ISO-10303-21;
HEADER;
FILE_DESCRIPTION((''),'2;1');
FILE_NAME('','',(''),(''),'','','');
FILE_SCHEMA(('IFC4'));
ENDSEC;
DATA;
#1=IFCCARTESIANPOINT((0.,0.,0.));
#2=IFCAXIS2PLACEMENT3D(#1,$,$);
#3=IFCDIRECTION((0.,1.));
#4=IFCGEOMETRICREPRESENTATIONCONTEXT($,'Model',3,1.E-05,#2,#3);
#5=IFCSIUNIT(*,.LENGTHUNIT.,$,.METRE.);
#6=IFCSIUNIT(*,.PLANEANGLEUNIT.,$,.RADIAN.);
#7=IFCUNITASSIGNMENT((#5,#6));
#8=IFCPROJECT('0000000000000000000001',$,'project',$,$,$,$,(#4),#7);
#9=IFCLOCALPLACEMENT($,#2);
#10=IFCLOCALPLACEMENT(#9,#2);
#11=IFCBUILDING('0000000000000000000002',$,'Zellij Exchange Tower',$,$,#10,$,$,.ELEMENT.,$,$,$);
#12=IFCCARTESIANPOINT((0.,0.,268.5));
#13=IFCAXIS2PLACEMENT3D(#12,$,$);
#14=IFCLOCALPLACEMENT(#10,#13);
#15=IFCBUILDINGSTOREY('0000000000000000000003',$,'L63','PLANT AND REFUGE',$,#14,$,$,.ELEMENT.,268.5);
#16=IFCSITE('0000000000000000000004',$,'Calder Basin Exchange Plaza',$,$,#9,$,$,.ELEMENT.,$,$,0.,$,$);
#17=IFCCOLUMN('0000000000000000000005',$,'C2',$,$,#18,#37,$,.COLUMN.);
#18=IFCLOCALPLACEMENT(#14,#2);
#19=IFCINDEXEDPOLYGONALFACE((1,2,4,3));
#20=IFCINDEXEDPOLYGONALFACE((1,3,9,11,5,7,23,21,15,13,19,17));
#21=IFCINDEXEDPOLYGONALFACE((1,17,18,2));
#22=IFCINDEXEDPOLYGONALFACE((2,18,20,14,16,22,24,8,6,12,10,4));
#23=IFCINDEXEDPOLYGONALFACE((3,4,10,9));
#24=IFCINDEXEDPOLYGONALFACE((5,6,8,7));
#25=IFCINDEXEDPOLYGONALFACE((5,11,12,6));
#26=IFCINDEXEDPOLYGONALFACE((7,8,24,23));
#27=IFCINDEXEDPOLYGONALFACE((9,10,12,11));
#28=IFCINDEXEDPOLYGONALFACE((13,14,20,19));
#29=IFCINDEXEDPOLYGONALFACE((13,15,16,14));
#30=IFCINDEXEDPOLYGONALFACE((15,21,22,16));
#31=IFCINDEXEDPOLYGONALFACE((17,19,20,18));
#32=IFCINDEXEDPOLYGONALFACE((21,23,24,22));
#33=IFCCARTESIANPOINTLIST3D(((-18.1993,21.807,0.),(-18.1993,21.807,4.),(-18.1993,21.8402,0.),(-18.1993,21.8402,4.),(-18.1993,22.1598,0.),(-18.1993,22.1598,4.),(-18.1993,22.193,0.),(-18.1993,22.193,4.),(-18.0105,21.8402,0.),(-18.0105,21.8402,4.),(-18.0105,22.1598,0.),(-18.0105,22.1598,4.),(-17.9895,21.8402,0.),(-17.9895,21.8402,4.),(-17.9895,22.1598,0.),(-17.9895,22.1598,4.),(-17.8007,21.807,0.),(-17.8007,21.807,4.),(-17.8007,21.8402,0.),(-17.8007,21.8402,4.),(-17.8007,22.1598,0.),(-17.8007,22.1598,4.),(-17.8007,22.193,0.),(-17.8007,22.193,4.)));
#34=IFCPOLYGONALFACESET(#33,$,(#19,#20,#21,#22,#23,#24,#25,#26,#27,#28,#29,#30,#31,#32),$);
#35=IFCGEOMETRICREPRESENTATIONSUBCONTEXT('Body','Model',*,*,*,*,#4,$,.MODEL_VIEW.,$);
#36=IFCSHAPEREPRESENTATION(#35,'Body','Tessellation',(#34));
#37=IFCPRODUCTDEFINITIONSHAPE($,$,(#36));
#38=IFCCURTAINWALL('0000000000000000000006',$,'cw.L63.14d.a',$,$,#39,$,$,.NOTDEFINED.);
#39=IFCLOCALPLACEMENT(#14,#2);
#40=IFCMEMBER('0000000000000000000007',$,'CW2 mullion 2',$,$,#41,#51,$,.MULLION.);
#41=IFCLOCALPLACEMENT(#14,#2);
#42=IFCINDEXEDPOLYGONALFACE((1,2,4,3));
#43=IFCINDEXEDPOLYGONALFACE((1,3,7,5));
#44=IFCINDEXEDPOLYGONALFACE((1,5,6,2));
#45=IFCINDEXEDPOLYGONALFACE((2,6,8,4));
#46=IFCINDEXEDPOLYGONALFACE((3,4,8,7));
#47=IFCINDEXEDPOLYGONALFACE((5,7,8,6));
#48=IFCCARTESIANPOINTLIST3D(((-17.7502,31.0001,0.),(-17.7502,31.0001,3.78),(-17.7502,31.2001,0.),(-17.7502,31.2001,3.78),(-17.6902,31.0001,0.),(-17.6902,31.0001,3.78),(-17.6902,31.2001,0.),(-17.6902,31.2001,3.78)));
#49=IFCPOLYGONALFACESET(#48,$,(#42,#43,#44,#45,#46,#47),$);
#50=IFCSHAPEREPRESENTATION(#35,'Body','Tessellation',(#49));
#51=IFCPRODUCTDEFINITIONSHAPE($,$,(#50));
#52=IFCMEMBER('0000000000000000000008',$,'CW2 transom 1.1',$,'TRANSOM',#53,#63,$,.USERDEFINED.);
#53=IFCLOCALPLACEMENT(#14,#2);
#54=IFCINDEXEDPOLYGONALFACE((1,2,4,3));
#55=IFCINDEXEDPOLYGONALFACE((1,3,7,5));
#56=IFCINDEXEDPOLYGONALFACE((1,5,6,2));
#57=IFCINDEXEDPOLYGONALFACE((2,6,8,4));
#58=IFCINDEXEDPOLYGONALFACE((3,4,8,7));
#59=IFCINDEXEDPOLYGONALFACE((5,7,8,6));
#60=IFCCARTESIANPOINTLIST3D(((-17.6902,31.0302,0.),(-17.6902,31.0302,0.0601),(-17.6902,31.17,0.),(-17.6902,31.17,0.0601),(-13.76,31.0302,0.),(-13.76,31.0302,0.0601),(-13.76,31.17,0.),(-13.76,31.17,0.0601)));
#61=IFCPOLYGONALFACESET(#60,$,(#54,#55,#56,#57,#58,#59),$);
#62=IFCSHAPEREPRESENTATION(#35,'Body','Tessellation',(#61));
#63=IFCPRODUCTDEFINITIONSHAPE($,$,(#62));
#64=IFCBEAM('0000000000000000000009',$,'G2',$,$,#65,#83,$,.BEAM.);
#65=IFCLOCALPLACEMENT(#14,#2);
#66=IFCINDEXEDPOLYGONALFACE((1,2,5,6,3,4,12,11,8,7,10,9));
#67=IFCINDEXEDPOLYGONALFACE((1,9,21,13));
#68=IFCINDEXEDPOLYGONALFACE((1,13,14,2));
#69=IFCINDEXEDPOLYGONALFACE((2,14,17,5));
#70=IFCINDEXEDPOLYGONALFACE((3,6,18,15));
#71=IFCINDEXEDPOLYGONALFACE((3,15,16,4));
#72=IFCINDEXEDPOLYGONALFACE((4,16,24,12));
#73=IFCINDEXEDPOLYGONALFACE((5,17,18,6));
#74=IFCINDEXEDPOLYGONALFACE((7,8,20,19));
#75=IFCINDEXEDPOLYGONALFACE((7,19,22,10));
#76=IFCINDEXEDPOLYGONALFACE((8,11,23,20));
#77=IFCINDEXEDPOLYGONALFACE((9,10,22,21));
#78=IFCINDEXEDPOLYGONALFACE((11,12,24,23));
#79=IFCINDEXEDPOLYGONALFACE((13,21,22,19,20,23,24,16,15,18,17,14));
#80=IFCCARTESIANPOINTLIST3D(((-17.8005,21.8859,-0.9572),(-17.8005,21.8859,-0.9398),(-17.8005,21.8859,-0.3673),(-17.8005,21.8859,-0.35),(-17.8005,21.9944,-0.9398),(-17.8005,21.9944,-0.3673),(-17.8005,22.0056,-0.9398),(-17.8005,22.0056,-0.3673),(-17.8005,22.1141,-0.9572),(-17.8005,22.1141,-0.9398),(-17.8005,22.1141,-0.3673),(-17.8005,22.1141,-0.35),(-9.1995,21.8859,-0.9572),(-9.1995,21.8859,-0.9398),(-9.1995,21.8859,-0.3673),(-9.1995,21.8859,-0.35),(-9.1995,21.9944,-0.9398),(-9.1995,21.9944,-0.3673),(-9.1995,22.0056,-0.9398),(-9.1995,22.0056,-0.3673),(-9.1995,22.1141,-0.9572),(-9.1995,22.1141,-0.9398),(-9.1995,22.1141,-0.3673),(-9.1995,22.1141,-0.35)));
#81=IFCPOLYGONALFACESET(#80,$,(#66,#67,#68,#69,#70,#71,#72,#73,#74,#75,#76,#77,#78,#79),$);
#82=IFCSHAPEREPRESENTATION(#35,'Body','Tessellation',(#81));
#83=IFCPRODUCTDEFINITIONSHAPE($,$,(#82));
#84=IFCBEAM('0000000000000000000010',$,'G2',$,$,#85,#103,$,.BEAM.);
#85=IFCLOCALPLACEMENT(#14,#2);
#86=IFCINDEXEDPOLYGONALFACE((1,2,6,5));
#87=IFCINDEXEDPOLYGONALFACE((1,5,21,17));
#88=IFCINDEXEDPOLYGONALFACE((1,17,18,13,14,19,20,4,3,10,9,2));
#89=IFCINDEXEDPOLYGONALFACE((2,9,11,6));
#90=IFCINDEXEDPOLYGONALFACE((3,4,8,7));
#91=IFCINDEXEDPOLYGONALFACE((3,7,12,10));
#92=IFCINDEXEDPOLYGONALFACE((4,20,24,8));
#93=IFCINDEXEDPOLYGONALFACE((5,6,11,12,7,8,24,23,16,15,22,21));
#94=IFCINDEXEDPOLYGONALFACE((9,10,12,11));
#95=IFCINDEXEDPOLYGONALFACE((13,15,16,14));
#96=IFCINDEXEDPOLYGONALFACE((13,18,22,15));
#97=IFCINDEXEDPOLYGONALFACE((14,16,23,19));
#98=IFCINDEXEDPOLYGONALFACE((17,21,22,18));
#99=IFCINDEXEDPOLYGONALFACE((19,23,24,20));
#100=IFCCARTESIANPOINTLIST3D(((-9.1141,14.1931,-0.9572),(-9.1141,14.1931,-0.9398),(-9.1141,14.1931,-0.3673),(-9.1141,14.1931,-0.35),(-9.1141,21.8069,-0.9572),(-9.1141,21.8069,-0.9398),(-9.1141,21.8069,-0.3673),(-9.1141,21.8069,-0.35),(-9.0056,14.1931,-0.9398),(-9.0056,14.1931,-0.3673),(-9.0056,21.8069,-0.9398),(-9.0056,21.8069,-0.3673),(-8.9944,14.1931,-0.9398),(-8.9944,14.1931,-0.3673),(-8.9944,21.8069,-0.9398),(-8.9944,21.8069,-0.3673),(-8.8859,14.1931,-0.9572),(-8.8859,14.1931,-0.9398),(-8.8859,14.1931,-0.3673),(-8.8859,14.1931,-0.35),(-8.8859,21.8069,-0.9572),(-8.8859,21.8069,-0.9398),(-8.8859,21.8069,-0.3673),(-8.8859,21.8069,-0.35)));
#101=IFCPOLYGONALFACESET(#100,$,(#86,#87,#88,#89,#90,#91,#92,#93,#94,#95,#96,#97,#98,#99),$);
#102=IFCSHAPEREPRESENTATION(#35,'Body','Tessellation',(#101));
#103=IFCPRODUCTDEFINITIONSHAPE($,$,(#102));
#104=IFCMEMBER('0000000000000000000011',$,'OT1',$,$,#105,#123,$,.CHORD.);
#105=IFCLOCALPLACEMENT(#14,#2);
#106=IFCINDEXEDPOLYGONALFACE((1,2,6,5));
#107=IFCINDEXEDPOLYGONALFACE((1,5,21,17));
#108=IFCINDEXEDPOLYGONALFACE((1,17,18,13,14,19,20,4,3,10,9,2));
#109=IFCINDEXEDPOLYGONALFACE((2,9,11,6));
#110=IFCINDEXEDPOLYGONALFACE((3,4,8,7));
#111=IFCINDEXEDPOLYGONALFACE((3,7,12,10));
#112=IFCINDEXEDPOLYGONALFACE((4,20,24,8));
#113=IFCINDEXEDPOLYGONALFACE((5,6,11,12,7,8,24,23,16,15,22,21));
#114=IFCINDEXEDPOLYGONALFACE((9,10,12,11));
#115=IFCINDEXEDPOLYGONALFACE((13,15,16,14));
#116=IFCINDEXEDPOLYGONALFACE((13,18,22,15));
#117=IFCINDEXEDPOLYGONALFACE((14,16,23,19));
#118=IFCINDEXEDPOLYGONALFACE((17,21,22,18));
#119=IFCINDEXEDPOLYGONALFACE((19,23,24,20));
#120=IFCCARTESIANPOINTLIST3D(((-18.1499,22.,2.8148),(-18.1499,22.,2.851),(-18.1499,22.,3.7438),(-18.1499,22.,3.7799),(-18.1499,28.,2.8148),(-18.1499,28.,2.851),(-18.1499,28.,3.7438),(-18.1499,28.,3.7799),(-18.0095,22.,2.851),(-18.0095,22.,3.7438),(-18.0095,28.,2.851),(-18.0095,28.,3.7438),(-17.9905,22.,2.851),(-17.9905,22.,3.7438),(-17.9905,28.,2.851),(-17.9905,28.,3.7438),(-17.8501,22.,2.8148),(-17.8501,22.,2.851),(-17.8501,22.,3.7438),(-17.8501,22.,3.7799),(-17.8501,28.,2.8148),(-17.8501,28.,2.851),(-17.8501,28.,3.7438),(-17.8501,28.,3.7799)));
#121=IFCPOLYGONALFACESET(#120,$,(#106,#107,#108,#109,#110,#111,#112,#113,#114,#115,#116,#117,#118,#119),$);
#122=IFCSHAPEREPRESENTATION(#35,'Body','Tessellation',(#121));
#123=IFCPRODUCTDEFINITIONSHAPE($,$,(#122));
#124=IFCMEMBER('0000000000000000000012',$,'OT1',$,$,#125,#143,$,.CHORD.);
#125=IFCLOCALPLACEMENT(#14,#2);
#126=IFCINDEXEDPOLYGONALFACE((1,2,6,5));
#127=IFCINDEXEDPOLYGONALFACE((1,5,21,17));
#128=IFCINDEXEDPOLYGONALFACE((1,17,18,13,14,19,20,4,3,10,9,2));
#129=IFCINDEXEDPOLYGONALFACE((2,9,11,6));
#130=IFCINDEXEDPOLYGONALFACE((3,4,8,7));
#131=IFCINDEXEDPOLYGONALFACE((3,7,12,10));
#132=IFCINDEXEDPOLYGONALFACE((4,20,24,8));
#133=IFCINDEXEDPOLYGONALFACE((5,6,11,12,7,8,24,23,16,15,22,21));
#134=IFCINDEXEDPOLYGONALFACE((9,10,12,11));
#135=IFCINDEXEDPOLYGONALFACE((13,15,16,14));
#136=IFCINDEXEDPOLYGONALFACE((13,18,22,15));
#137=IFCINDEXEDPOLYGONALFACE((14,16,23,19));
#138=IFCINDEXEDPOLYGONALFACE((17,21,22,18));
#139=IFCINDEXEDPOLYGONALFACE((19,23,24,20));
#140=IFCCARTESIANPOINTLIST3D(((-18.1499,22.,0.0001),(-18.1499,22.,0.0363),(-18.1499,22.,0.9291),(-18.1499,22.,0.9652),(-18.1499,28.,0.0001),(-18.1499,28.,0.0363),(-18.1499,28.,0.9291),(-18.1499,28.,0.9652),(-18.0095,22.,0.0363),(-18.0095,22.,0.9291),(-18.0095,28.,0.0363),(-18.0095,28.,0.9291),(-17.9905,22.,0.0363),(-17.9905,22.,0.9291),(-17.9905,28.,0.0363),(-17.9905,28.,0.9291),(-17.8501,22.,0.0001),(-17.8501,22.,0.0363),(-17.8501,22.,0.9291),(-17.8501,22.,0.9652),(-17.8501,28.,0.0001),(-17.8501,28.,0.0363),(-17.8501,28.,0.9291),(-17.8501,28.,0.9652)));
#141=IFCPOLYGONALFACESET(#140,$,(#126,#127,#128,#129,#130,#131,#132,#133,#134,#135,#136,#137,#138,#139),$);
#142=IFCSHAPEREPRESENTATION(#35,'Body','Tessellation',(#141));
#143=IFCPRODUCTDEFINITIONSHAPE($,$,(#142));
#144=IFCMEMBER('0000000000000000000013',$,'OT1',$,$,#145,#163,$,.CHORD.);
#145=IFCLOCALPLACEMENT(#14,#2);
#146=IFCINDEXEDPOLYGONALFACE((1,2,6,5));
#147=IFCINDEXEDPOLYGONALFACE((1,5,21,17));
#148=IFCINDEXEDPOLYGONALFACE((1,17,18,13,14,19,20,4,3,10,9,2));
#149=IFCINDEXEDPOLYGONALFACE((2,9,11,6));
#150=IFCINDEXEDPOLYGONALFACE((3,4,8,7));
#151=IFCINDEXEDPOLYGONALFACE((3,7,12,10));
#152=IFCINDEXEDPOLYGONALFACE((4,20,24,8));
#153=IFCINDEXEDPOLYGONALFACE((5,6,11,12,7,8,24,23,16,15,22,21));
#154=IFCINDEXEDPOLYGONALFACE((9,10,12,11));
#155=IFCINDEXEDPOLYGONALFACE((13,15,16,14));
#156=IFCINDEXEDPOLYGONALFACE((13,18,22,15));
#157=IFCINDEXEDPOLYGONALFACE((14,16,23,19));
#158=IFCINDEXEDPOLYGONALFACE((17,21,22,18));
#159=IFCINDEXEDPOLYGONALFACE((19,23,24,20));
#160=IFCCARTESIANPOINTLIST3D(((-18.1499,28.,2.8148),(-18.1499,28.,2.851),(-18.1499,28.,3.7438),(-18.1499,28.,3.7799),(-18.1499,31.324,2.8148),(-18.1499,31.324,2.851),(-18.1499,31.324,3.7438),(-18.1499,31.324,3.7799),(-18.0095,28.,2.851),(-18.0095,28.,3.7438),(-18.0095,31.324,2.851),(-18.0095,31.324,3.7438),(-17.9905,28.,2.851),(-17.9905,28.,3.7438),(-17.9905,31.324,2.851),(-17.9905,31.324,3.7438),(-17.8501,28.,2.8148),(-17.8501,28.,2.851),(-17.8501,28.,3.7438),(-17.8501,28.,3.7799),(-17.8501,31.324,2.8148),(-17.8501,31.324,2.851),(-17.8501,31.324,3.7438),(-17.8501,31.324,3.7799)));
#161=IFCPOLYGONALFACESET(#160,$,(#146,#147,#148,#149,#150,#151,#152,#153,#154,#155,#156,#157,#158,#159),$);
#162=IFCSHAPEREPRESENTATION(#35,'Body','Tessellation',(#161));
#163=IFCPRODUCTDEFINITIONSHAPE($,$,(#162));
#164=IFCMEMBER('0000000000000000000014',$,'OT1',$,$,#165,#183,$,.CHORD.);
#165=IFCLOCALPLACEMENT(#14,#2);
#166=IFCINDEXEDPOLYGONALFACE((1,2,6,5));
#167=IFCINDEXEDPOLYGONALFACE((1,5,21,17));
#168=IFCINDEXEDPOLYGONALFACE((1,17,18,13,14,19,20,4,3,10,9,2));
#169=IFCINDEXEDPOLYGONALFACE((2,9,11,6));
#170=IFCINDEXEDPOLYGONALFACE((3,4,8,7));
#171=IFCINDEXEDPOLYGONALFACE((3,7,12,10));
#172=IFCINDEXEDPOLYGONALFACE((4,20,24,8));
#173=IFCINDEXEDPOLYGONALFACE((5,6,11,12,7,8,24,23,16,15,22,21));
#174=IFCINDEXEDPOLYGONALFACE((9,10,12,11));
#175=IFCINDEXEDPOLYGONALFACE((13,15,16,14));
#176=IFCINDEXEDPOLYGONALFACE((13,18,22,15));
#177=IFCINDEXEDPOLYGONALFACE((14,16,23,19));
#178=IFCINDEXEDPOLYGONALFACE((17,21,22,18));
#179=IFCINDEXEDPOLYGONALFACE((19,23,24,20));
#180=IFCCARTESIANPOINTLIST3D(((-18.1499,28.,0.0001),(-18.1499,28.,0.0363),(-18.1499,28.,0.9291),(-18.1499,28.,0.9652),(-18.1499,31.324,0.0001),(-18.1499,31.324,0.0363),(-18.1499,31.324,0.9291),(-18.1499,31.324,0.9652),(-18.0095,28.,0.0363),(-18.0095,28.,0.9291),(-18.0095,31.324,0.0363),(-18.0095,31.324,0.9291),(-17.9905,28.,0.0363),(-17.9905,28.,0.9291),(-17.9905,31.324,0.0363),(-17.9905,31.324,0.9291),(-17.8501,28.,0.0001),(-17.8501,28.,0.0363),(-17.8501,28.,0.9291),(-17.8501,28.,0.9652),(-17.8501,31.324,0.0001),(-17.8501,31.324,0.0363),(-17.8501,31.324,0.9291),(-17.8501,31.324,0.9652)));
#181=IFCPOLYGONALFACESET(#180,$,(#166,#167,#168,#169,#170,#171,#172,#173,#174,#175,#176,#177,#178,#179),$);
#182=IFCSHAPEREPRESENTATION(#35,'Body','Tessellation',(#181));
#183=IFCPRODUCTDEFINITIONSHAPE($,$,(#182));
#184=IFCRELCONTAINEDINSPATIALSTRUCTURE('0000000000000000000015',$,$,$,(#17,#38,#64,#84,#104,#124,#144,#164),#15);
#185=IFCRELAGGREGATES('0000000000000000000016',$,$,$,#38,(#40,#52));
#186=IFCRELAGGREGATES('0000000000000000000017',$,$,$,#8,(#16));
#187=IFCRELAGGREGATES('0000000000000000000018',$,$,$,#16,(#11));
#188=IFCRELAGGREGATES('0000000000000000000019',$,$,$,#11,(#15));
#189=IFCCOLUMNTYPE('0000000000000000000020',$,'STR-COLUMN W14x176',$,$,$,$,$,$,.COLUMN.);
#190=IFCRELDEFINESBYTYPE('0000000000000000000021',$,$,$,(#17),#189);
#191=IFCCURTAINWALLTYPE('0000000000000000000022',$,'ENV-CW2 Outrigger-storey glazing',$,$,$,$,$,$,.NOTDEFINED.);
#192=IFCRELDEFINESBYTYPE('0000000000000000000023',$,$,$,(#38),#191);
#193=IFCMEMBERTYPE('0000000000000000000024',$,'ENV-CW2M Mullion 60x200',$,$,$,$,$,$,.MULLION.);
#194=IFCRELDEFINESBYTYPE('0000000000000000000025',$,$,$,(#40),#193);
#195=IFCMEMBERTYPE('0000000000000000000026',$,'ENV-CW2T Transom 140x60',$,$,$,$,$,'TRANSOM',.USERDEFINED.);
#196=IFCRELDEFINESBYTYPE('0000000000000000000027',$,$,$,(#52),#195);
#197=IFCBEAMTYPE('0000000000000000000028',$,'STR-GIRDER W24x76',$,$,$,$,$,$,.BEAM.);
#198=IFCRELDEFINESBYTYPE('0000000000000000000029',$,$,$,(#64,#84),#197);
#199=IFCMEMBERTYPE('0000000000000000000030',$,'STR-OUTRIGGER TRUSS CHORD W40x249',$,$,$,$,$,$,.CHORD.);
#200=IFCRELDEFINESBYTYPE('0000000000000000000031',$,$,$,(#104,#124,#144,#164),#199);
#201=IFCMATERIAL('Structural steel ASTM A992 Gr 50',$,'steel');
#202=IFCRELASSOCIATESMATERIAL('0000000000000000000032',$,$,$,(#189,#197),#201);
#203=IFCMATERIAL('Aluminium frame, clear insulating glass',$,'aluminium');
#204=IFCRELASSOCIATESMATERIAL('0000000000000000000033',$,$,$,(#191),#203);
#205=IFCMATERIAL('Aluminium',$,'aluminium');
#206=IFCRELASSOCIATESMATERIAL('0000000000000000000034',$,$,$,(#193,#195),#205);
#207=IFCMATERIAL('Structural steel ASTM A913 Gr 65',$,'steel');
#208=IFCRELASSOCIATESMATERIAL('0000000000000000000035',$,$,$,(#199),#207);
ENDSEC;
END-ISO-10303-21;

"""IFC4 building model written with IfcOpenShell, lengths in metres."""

from ifc_helpers import new_model, si_unit, direction, frame, origin, origin_2d, place, context, subcontext, project, spatial, rectangle, i_section, extrude, material, material_profile, profile_set, type_object, element, aggregate, save


model = new_model("IFC4")

# Units and contexts
model_context = context("Model", 3, precision=1e-05, world=origin(), true_north=direction((0.0, 1.0)))
body_context = subcontext(model_context, "Body", "Model", "MODEL_VIEW")
ifc_project = project(units=[si_unit("LENGTHUNIT", "METRE"), si_unit("PLANEANGLEUNIT", "RADIAN")], contexts=[model_context])

# Site, building, storey
site_placement = place(None, origin())
site = spatial("IfcSite", under=ifc_project, at=site_placement, Name="Calder Basin Exchange Plaza", CompositionType="ELEMENT", RefElevation=0.0)
building_placement = place(site_placement, origin())
building = spatial("IfcBuilding", under=site, at=building_placement, Name="Zellij Exchange Tower", CompositionType="ELEMENT")
storey_placement = place(building_placement, frame((0.0, 0.0, 268.5)))
storey = spatial("IfcBuildingStorey", under=building, at=storey_placement, Name="L63", Description="PLANT AND REFUGE", CompositionType="ELEMENT", Elevation=268.5)

# Column
ifc_material_1 = material(Name="Structural steel ASTM A992 Gr 50", Category="steel")
ifc_material_profile_1 = material_profile(ifc_material_1, i_section(OverallWidth=0.3987, OverallDepth=0.386, WebThickness=0.021, FlangeThickness=0.0332, at=origin_2d()), Name="W14x176")
ifc_profile_set_1 = profile_set([ifc_material_profile_1], Name="Structural steel ASTM A992 Gr 50")
column_type = type_object("IfcColumnType", Name="STR-COLUMN W14x176", PredefinedType="COLUMN", material=ifc_profile_set_1)
column_placement = place(storey_placement, frame((-18.0, 22.0, 0.0), z_axis=(0.0, 0.0, 1.0), x_axis=(1.0, 0.0, 0.0)))
element("IfcColumn", 1, at=column_placement, inside=storey, type_object=column_type, Name="C2", PredefinedType="COLUMN", context=body_context, shape_type="SweptSolid", body=[
    extrude(i_section(OverallWidth=0.3987, OverallDepth=0.386, WebThickness=0.021, FlangeThickness=0.0332, at=origin_2d()), origin(), (0.0, 0.0, 1.0), 4.0),
])

# Curtain wall, members
ifc_material_2 = material(Name="Aluminium frame, clear insulating glass", Category="aluminium")
curtain_wall_type = type_object("IfcCurtainWallType", Name="ENV-CW2 Outrigger-storey glazing", PredefinedType="NOTDEFINED", material=ifc_material_2)
curtain_wall_placement = place(storey_placement, origin())
curtain_wall = element("IfcCurtainWall", 2, at=curtain_wall_placement, inside=storey, type_object=curtain_wall_type, Name="cw.L63.14d.a", PredefinedType="NOTDEFINED")
ifc_material_3 = material(Name="Aluminium", Category="aluminium")
ifc_material_profile_2 = material_profile(ifc_material_3, rectangle(XDim=0.0601, YDim=0.2, at=origin_2d()), Name="AL 60x200")
ifc_profile_set_2 = profile_set([ifc_material_profile_2], Name="Aluminium")
member_type_1 = type_object("IfcMemberType", Name="ENV-CW2M Mullion 60x200", PredefinedType="MULLION", material=ifc_profile_set_2)
member_1_placement = place(storey_placement, frame((-17.7202, 31.1001, 0.0), z_axis=(0.0, 0.0, 1.0), x_axis=(-1.0, 0.0, 0.0)))
member_1 = element("IfcMember", 3, at=member_1_placement, type_object=member_type_1, Name="CW2 mullion 2", PredefinedType="MULLION", context=body_context, shape_type="SweptSolid", body=[
    extrude(rectangle(XDim=0.0601, YDim=0.2, at=origin_2d()), origin(), (0.0, 0.0, 1.0), 3.78),
])
ifc_material_profile_3 = material_profile(ifc_material_3, rectangle(XDim=0.1399, YDim=0.0601, at=origin_2d()), Name="AL 140x60")
ifc_profile_set_3 = profile_set([ifc_material_profile_3], Name="Aluminium")
member_type_2 = type_object("IfcMemberType", Name="ENV-CW2T Transom 140x60", ElementType="TRANSOM", PredefinedType="USERDEFINED", material=ifc_profile_set_3)
member_2_placement = place(storey_placement, frame((-13.76, 31.1001, 0.03), z_axis=(-1.0, 0.0, 0.0), x_axis=(0.0, -1.0, 0.0)))
member_2 = element("IfcMember", 4, at=member_2_placement, type_object=member_type_2, Name="CW2 transom 1.1", ObjectType="TRANSOM", PredefinedType="USERDEFINED", context=body_context, shape_type="SweptSolid", body=[
    extrude(rectangle(XDim=0.1399, YDim=0.0601, at=origin_2d()), origin(), (0.0, 0.0, 1.0), 3.9302),
])

# Beams
ifc_material_profile_4 = material_profile(ifc_material_1, i_section(OverallWidth=0.2283, OverallDepth=0.6072, WebThickness=0.0112, FlangeThickness=0.0173, at=origin_2d()), Name="W24x76")
ifc_profile_set_4 = profile_set([ifc_material_profile_4], Name="Structural steel ASTM A992 Gr 50")
beam_type = type_object("IfcBeamType", Name="STR-GIRDER W24x76", PredefinedType="BEAM", material=ifc_profile_set_4)
beam_1_placement = place(storey_placement, frame((-17.8005, 22.0, -0.6536), z_axis=(1.0, 0.0, 0.0), x_axis=(0.0, 1.0, 0.0)))
element("IfcBeam", 5, at=beam_1_placement, inside=storey, type_object=beam_type, Name="G2", PredefinedType="BEAM", context=body_context, shape_type="SweptSolid", body=[
    extrude(i_section(OverallWidth=0.2283, OverallDepth=0.6072, WebThickness=0.0112, FlangeThickness=0.0173, at=origin_2d()), origin(), (0.0, 0.0, 1.0), 8.6011),
])
beam_2_placement = place(storey_placement, frame((-9.0, 14.1931, -0.6536), z_axis=(0.0, 1.0, 0.0), x_axis=(-1.0, 0.0, 0.0)))
element("IfcBeam", 6, at=beam_2_placement, inside=storey, type_object=beam_type, Name="G2", PredefinedType="BEAM", context=body_context, shape_type="SweptSolid", body=[
    extrude(i_section(OverallWidth=0.2283, OverallDepth=0.6072, WebThickness=0.0112, FlangeThickness=0.0173, at=origin_2d()), origin(), (0.0, 0.0, 1.0), 7.6138),
])

# Members
ifc_material_4 = material(Name="Structural steel ASTM A913 Gr 65", Category="steel")
ifc_material_profile_5 = material_profile(ifc_material_4, i_section(OverallWidth=0.2998, OverallDepth=0.9651, WebThickness=0.019, FlangeThickness=0.0361, at=origin_2d()), Name="W40x249")
ifc_profile_set_5 = profile_set([ifc_material_profile_5], Name="Structural steel ASTM A913 Gr 65")
member_type_3 = type_object("IfcMemberType", Name="STR-OUTRIGGER TRUSS CHORD W40x249", PredefinedType="CHORD", material=ifc_profile_set_5)
for number, where, z_axis, x_axis, name in (
    (7, (-18.0, 22.0, 3.2974), (0.0, 1.0, 0.0), (-1.0, 0.0, 0.0), "OT1"),
    (8, (-18.0, 22.0, 0.4827), (0.0, 1.0, 0.0), (-1.0, 0.0, 0.0), "OT1"),
):
    element("IfcMember", number, at=place(storey_placement, frame(where, z_axis=z_axis, x_axis=x_axis)), inside=storey, type_object=member_type_3, Name=name, PredefinedType="CHORD", context=body_context, shape_type="SweptSolid", body=[
        extrude(i_section(OverallWidth=0.2998, OverallDepth=0.9651, WebThickness=0.019, FlangeThickness=0.0361, at=origin_2d()), origin(), (0.0, 0.0, 1.0), 6.0),
    ])
for number, where, z_axis, x_axis, name in (
    (9, (-18.0, 28.0, 3.2974), (0.0, 1.0, 0.0), (-1.0, 0.0, 0.0), "OT1"),
    (10, (-18.0, 28.0, 0.4827), (0.0, 1.0, 0.0), (-1.0, 0.0, 0.0), "OT1"),
):
    element("IfcMember", number, at=place(storey_placement, frame(where, z_axis=z_axis, x_axis=x_axis)), inside=storey, type_object=member_type_3, Name=name, PredefinedType="CHORD", context=body_context, shape_type="SweptSolid", body=[
        extrude(i_section(OverallWidth=0.2998, OverallDepth=0.9651, WebThickness=0.019, FlangeThickness=0.0361, at=origin_2d()), origin(), (0.0, 0.0, 1.0), 3.324),
    ])

aggregate(curtain_wall, [member_1, member_2])

save(model, "model.ifc")
